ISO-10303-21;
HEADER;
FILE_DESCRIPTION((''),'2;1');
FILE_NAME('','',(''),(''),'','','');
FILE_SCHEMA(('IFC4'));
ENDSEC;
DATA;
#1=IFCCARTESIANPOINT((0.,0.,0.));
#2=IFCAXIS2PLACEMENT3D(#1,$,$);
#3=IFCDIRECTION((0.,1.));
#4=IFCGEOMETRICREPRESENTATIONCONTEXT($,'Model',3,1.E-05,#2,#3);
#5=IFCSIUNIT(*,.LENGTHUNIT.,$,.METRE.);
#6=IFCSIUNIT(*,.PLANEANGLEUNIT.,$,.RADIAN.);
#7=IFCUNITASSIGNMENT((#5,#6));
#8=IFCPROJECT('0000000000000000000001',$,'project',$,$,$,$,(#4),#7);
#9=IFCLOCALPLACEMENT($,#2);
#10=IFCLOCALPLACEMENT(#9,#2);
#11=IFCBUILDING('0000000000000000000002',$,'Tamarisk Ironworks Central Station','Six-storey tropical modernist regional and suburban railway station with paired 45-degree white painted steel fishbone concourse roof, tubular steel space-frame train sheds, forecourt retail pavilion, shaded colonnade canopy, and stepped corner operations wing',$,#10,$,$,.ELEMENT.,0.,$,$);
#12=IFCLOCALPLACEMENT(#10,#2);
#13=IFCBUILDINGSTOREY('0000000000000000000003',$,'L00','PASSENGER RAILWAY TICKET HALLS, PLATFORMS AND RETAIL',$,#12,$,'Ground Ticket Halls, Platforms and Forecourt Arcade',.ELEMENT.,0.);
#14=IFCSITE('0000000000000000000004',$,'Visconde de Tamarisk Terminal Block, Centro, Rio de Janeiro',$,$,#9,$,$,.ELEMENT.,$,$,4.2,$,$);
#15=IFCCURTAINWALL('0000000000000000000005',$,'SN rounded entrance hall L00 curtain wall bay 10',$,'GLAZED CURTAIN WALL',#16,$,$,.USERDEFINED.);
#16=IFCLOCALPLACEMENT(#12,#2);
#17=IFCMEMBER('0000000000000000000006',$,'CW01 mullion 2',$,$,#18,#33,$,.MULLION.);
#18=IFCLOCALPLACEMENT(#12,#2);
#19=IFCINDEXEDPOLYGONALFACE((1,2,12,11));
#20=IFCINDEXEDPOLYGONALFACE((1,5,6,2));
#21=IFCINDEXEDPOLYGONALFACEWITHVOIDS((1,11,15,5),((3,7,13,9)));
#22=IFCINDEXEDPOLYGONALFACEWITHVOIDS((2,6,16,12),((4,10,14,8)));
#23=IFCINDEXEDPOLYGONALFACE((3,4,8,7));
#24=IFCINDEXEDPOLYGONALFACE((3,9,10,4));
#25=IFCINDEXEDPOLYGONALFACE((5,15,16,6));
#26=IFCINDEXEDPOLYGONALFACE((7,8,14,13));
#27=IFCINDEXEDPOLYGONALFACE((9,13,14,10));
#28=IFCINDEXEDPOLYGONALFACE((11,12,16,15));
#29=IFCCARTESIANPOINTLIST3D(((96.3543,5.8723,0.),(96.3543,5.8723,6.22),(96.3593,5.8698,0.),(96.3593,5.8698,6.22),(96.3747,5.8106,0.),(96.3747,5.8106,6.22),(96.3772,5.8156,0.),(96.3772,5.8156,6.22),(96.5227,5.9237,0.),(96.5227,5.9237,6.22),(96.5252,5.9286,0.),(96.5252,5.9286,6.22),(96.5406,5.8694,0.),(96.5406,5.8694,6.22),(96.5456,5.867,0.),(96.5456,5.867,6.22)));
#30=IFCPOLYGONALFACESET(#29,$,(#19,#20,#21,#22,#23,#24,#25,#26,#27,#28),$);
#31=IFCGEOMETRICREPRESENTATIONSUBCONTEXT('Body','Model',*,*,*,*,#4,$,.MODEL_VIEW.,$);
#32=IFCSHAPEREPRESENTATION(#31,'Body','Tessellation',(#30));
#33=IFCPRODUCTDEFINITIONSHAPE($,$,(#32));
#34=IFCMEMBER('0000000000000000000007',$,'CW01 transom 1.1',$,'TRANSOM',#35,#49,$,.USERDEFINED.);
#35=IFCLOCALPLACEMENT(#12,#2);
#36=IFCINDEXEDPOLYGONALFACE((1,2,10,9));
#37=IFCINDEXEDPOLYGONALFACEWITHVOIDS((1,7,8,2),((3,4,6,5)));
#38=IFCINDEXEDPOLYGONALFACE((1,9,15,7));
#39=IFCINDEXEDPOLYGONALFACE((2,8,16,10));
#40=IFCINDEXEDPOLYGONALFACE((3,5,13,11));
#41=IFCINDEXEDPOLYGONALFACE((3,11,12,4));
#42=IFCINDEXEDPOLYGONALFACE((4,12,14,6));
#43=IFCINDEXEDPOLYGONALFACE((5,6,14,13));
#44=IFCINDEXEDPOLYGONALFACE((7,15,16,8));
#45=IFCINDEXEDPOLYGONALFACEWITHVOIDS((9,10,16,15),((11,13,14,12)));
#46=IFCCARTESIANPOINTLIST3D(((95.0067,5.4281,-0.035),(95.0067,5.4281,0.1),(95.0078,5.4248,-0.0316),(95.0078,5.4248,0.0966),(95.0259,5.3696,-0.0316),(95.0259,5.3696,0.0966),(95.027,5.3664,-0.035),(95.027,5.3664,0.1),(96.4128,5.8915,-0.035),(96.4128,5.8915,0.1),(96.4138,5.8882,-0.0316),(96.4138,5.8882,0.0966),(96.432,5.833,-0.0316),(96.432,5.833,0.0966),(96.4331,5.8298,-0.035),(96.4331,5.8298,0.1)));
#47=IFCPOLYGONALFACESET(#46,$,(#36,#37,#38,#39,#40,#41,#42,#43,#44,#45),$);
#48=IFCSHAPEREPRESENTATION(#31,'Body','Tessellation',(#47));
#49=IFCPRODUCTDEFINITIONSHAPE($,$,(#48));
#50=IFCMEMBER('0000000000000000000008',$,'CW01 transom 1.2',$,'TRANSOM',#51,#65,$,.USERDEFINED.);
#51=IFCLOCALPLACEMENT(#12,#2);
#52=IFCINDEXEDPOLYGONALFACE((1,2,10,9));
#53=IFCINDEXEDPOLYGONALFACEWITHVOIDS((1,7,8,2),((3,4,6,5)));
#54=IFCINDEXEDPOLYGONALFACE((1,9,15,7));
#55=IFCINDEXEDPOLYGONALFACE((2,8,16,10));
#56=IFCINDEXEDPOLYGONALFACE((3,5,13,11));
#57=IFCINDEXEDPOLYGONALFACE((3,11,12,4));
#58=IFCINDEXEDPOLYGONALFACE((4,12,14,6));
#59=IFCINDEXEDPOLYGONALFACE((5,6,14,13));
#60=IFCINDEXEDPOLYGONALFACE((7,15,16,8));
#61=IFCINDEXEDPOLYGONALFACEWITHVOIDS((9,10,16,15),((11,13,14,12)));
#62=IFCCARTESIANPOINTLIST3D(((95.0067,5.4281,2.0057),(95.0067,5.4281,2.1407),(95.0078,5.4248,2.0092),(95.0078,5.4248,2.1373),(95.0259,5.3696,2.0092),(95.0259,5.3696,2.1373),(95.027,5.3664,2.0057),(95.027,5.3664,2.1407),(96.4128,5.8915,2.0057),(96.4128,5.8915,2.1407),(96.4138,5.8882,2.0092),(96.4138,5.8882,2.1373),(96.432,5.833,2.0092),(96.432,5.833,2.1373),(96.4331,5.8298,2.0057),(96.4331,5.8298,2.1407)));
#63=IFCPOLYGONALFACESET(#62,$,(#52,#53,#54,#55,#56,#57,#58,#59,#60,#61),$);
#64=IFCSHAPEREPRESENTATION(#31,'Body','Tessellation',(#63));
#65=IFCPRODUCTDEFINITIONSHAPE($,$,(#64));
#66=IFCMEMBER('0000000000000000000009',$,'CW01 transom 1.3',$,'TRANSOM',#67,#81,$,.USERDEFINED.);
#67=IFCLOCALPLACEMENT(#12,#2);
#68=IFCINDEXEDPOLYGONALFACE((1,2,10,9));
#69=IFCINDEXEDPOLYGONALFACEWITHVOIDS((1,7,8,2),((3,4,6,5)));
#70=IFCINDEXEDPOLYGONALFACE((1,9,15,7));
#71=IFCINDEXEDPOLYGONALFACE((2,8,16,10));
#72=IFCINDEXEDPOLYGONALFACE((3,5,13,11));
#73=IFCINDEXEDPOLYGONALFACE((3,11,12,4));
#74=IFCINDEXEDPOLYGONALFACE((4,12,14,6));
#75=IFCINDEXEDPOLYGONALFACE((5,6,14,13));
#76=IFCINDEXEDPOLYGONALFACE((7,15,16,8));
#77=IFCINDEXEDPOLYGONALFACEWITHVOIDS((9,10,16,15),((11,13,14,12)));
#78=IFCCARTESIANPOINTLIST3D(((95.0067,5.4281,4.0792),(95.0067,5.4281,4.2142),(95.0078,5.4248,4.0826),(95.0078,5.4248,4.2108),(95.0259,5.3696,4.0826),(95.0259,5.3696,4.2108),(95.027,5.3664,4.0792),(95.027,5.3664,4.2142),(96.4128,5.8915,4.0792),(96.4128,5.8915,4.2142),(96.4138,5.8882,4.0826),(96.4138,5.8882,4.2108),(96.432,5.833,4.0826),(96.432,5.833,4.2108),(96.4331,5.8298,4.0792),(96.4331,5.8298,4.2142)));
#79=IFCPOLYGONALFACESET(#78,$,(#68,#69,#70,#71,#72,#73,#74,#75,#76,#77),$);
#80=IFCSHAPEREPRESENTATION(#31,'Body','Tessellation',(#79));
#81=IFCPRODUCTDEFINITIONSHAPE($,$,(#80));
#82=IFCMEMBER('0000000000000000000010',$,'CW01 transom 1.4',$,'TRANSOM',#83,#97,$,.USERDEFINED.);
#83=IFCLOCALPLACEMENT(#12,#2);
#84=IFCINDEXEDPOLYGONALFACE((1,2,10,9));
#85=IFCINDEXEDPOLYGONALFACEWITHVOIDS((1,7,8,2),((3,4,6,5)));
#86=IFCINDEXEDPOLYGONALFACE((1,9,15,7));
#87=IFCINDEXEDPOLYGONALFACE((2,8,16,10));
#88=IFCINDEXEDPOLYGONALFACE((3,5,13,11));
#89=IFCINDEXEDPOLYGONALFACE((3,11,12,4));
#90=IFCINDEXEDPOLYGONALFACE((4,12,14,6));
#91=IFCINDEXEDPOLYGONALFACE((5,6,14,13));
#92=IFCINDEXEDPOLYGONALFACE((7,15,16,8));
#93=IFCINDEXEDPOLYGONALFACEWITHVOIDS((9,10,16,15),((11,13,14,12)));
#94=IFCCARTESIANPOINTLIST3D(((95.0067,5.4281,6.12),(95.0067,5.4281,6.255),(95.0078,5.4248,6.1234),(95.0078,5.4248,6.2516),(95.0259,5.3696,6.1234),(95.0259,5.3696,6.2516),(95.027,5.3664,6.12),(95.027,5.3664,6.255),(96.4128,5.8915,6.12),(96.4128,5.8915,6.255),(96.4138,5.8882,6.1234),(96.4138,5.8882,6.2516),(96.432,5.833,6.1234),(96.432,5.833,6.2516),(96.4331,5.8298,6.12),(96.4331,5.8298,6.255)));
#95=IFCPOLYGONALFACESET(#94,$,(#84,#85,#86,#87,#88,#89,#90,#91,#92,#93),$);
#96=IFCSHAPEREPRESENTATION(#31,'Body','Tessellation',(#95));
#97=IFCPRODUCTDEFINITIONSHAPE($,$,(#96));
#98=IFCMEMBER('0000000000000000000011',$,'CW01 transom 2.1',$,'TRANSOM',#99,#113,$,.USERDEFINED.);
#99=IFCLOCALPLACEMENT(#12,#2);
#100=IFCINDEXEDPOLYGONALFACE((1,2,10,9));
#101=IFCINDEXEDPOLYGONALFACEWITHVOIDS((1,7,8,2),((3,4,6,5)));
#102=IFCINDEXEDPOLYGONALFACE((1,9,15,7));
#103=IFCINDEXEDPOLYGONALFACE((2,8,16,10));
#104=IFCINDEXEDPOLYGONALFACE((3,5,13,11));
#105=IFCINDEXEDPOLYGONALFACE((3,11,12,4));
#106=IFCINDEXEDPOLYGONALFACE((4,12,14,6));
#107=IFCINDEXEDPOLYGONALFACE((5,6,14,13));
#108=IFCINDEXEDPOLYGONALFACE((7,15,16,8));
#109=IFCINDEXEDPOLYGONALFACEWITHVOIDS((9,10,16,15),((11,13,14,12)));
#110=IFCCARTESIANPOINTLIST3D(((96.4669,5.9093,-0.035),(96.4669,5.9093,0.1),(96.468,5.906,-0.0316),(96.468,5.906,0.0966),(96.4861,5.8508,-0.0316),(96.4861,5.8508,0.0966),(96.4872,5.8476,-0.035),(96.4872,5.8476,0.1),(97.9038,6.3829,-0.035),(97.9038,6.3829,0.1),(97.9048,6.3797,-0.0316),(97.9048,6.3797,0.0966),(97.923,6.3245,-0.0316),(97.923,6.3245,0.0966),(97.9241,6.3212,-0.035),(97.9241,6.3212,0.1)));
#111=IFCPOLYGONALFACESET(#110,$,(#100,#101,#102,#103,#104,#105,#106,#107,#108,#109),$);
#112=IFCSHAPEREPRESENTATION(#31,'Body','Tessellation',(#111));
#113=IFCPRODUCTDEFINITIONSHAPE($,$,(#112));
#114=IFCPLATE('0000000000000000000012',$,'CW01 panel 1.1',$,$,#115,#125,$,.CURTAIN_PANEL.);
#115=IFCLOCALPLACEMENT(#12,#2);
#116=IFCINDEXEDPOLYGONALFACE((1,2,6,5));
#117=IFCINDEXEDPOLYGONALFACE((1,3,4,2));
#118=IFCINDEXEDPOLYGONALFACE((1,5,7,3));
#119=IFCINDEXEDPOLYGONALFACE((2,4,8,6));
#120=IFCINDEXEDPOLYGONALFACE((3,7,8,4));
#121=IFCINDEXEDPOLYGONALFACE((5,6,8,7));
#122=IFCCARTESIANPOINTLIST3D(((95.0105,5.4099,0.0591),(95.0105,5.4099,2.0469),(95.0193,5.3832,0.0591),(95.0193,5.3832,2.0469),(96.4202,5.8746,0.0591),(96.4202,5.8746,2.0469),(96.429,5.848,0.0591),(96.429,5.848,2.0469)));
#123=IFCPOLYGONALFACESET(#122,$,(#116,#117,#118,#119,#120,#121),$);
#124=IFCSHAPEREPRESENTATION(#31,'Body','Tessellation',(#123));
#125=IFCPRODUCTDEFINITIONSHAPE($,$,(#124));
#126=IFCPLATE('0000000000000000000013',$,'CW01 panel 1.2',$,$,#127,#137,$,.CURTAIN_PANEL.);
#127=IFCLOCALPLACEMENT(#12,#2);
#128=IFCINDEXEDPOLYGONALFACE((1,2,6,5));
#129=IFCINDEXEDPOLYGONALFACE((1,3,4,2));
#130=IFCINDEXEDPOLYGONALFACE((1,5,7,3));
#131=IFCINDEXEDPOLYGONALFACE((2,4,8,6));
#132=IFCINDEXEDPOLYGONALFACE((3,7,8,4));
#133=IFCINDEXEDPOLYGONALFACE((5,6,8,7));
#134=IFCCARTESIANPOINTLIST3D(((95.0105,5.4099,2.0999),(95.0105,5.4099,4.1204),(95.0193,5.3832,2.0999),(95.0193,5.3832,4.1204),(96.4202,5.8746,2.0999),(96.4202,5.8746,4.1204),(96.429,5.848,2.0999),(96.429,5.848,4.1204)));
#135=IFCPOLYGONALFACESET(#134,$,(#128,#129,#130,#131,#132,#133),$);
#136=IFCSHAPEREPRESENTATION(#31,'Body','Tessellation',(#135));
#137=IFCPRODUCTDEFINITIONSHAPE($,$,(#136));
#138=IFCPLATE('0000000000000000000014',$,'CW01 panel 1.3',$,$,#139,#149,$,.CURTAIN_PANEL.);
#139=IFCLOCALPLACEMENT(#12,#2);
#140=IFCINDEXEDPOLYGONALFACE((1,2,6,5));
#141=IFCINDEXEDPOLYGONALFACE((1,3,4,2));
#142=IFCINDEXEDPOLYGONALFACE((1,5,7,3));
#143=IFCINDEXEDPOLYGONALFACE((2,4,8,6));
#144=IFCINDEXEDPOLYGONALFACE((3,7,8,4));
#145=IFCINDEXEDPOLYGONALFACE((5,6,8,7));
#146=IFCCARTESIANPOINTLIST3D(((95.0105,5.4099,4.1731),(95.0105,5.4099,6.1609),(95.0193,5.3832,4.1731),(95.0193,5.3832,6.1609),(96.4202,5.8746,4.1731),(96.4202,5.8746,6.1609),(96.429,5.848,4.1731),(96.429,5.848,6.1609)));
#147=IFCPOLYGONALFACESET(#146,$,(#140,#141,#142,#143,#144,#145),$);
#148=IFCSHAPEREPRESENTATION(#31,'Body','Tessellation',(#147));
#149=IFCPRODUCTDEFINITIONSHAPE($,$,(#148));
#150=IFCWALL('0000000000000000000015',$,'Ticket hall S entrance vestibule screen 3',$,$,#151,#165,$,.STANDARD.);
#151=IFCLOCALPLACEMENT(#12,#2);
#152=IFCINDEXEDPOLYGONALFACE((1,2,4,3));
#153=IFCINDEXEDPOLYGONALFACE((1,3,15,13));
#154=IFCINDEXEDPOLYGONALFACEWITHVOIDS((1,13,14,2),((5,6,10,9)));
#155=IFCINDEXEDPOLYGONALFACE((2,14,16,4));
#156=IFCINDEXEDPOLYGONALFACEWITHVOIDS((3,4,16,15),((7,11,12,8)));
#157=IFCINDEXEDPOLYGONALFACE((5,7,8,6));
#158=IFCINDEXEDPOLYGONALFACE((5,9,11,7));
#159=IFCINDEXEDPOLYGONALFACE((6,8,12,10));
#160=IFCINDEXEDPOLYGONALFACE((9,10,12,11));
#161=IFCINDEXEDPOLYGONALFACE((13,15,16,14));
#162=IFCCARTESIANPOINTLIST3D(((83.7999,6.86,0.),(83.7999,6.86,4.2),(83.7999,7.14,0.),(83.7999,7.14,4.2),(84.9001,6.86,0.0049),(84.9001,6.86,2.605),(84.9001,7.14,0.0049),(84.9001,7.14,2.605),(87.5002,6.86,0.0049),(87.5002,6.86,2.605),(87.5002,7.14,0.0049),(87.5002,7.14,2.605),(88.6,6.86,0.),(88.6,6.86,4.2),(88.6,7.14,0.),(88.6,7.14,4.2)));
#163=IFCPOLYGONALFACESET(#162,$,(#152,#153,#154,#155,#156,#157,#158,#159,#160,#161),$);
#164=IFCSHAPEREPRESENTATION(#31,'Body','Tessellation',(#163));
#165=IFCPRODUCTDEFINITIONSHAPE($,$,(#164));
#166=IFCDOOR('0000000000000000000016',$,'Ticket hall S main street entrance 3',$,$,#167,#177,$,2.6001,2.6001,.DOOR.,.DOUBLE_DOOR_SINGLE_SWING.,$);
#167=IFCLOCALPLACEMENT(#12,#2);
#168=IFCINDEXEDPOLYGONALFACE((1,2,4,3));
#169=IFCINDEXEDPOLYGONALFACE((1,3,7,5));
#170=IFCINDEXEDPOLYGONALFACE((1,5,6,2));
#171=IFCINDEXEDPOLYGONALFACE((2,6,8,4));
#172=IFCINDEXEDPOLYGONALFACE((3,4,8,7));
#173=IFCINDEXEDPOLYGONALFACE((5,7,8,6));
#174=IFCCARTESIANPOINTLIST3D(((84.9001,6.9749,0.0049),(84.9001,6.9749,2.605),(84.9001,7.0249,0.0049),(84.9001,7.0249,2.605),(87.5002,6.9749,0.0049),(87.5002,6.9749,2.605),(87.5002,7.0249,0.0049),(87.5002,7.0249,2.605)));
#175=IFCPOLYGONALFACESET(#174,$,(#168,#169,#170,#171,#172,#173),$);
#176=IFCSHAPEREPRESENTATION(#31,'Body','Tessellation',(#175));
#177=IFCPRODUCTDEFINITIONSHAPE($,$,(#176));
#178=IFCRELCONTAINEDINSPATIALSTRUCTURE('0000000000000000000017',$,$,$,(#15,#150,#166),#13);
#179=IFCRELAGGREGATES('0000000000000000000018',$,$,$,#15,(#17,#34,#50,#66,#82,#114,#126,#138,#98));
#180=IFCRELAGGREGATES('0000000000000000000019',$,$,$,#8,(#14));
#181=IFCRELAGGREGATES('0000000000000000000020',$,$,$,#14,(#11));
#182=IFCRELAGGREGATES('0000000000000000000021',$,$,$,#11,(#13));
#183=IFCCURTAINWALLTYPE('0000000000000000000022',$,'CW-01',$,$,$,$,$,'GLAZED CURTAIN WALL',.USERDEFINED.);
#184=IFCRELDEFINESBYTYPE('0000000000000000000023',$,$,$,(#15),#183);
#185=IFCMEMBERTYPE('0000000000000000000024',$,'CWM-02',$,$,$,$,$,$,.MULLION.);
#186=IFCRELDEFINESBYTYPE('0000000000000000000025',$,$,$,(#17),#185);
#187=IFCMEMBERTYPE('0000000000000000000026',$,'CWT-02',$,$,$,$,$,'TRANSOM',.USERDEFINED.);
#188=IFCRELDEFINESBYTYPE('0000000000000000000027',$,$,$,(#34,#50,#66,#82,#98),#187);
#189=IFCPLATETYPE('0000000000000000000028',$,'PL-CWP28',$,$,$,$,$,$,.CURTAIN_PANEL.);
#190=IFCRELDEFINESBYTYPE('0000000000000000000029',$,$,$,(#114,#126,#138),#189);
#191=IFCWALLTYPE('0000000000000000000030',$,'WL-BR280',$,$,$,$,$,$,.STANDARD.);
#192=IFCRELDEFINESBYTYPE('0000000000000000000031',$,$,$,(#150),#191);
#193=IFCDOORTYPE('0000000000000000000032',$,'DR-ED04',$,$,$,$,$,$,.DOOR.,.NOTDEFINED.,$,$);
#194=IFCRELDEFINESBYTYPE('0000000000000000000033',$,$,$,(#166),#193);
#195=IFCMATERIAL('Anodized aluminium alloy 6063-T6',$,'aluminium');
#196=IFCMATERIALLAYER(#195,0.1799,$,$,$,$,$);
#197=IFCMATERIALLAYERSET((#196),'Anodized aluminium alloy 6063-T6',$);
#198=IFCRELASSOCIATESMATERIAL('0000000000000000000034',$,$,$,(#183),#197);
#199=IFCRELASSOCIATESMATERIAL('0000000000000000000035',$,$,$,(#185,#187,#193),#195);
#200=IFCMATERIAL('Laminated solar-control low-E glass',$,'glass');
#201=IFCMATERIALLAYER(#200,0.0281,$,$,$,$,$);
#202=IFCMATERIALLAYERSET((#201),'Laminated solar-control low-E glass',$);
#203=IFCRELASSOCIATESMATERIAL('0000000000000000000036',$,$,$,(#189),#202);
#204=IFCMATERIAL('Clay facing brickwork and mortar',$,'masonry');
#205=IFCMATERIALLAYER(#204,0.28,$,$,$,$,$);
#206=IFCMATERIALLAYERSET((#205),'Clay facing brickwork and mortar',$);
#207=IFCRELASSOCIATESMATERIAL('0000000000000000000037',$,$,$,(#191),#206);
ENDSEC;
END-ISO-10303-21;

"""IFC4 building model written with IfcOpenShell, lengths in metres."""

from ifc_helpers import new_model, si_unit, direction, frame, frame_2d, origin, origin_2d, place, context, subcontext, project, spatial, rectangle, hollow_rectangle, extrude, material, layer, layer_set, material_profile, profile_set, type_object, element, fill, aggregate, save


model = new_model("IFC4")

# Units and contexts
model_context = context("Model", 3, precision=1e-05, world=origin(), true_north=direction((0.0, 1.0)))
body_context = subcontext(model_context, "Body", "Model", "MODEL_VIEW")
ifc_project = project(units=[si_unit("LENGTHUNIT", "METRE"), si_unit("PLANEANGLEUNIT", "RADIAN")], contexts=[model_context])

# Site, building, storey
site_placement = place(None, origin())
site = spatial("IfcSite", under=ifc_project, at=site_placement, Name="Visconde de Tamarisk Terminal Block, Centro, Rio de Janeiro", CompositionType="ELEMENT", RefElevation=4.2)
building_placement = place(site_placement, origin())
building = spatial("IfcBuilding", under=site, at=building_placement, Name="Tamarisk Ironworks Central Station", Description="Six-storey tropical modernist regional and suburban railway station with paired 45-degree white painted steel fishbone concourse roof, tubular steel space-frame train sheds, forecourt retail pavilion, shaded colonnade canopy, and stepped corner operations wing", CompositionType="ELEMENT", ElevationOfRefHeight=0.0)
storey_placement = place(building_placement, origin())
storey = spatial("IfcBuildingStorey", under=building, at=storey_placement, Name="L00", Description="PASSENGER RAILWAY TICKET HALLS, PLATFORMS AND RETAIL", LongName="Ground Ticket Halls, Platforms and Forecourt Arcade", CompositionType="ELEMENT", Elevation=0.0)

# Curtain wall, members, plates
ifc_material_1 = material(Name="Anodized aluminium alloy 6063-T6", Category="aluminium")
ifc_layer_1 = layer(ifc_material_1, 0.1799)
ifc_layer_set_1 = layer_set([ifc_layer_1], Name="Anodized aluminium alloy 6063-T6")
curtain_wall_type = type_object("IfcCurtainWallType", Name="CW-01", ElementType="GLAZED CURTAIN WALL", PredefinedType="USERDEFINED", material=ifc_layer_set_1)
curtain_wall_placement = place(storey_placement, origin())
curtain_wall = element("IfcCurtainWall", 1, at=curtain_wall_placement, inside=storey, type_object=curtain_wall_type, Name="SN rounded entrance hall L00 curtain wall bay 10", ObjectType="GLAZED CURTAIN WALL", PredefinedType="USERDEFINED")
ifc_material_profile_1 = material_profile(ifc_material_1, hollow_rectangle(XDim=0.0649, YDim=0.1799, WallThickness=0.0039, at=origin_2d()), Name="ALUM 180x65")
ifc_profile_set_1 = profile_set([ifc_material_profile_1], Name="Anodized aluminium alloy 6063-T6")
member_type_1 = type_object("IfcMemberType", Name="CWM-02", PredefinedType="MULLION", material=ifc_profile_set_1)
member_1_placement = place(storey_placement, frame((96.45, 5.8696, 0.0), z_axis=(0.0, 0.0, 1.0), x_axis=(-0.313098, 0.949721, 0.0)))
member_1 = element("IfcMember", 2, at=member_1_placement, type_object=member_type_1, Name="CW01 mullion 2", PredefinedType="MULLION", context=body_context, shape_type="SweptSolid", body=[
    extrude(hollow_rectangle(XDim=0.0649, YDim=0.1799, WallThickness=0.0039, at=origin_2d()), origin(), (0.0, 0.0, 1.0), 6.22),
])
ifc_material_profile_2 = material_profile(ifc_material_1, hollow_rectangle(XDim=0.0649, YDim=0.135, WallThickness=0.0034, at=origin_2d()), Name="ALUM 135x65")
ifc_profile_set_2 = profile_set([ifc_material_profile_2], Name="Anodized aluminium alloy 6063-T6")
member_type_2 = type_object("IfcMemberType", Name="CWT-02", ElementType="TRANSOM", PredefinedType="USERDEFINED", material=ifc_profile_set_2)
member_2_placement = place(storey_placement, frame((95.0168, 5.3972, 0.0325), z_axis=(0.94975, 0.31301, 0.0), x_axis=(-0.31301, 0.94975, 0.0)))
member_2 = element("IfcMember", 3, at=member_2_placement, type_object=member_type_2, Name="CW01 transom 1.1", ObjectType="TRANSOM", PredefinedType="USERDEFINED", context=body_context, shape_type="SweptSolid", body=[
    extrude(hollow_rectangle(XDim=0.0649, YDim=0.135, WallThickness=0.0034, at=origin_2d()), origin(), (0.0, 0.0, 1.0), 1.4805),
])
member_3_placement = place(storey_placement, frame((95.0168, 5.3972, 2.0732), z_axis=(0.94975, 0.31301, 0.0), x_axis=(-0.31301, 0.94975, 0.0)))
member_3 = element("IfcMember", 4, at=member_3_placement, type_object=member_type_2, Name="CW01 transom 1.2", ObjectType="TRANSOM", PredefinedType="USERDEFINED", context=body_context, shape_type="SweptSolid", body=[
    extrude(hollow_rectangle(XDim=0.0649, YDim=0.135, WallThickness=0.0034, at=origin_2d()), origin(), (0.0, 0.0, 1.0), 1.4805),
])
member_4_placement = place(storey_placement, frame((95.0168, 5.3972, 4.1467), z_axis=(0.94975, 0.31301, 0.0), x_axis=(-0.31301, 0.94975, 0.0)))
member_4 = element("IfcMember", 5, at=member_4_placement, type_object=member_type_2, Name="CW01 transom 1.3", ObjectType="TRANSOM", PredefinedType="USERDEFINED", context=body_context, shape_type="SweptSolid", body=[
    extrude(hollow_rectangle(XDim=0.0649, YDim=0.135, WallThickness=0.0034, at=origin_2d()), origin(), (0.0, 0.0, 1.0), 1.4805),
])
member_5_placement = place(storey_placement, frame((95.0168, 5.3972, 6.1875), z_axis=(0.94975, 0.31301, 0.0), x_axis=(-0.31301, 0.94975, 0.0)))
member_5 = element("IfcMember", 6, at=member_5_placement, type_object=member_type_2, Name="CW01 transom 1.4", ObjectType="TRANSOM", PredefinedType="USERDEFINED", context=body_context, shape_type="SweptSolid", body=[
    extrude(hollow_rectangle(XDim=0.0649, YDim=0.135, WallThickness=0.0034, at=origin_2d()), origin(), (0.0, 0.0, 1.0), 1.4805),
])
member_6_placement = place(storey_placement, frame((96.4771, 5.8784, 0.0325), z_axis=(0.949727, 0.313079, 0.0), x_axis=(-0.313079, 0.949727, 0.0)))
member_6 = element("IfcMember", 7, at=member_6_placement, type_object=member_type_2, Name="CW01 transom 2.1", ObjectType="TRANSOM", PredefinedType="USERDEFINED", context=body_context, shape_type="SweptSolid", body=[
    extrude(hollow_rectangle(XDim=0.0649, YDim=0.135, WallThickness=0.0034, at=origin_2d()), origin(), (0.0, 0.0, 1.0), 1.5129),
])
ifc_material_2 = material(Name="Laminated solar-control low-E glass", Category="glass")
ifc_layer_2 = layer(ifc_material_2, 0.0281)
ifc_layer_set_2 = layer_set([ifc_layer_2], Name="Laminated solar-control low-E glass")
plate_type = type_object("IfcPlateType", Name="PL-CWP28", PredefinedType="CURTAIN_PANEL", material=ifc_layer_set_2)
plate_1_placement = place(storey_placement, frame((95.7197, 5.6289, 0.0591), z_axis=(0.0, 0.0, 1.0), x_axis=(0.949721, 0.313098, 0.0)))
plate_1 = element("IfcPlate", 8, at=plate_1_placement, type_object=plate_type, Name="CW01 panel 1.1", PredefinedType="CURTAIN_PANEL", context=body_context, shape_type="SweptSolid", body=[
    extrude(rectangle(XDim=1.4844, YDim=0.0281, at=origin_2d()), origin(), (0.0, 0.0, 1.0), 1.9878),
])
plate_2_placement = place(storey_placement, frame((95.7197, 5.6289, 2.0999), z_axis=(0.0, 0.0, 1.0), x_axis=(0.949721, 0.313098, 0.0)))
plate_2 = element("IfcPlate", 9, at=plate_2_placement, type_object=plate_type, Name="CW01 panel 1.2", PredefinedType="CURTAIN_PANEL", context=body_context, shape_type="SweptSolid", body=[
    extrude(rectangle(XDim=1.4844, YDim=0.0281, at=origin_2d()), origin(), (0.0, 0.0, 1.0), 2.0205),
])
plate_3_placement = place(storey_placement, frame((95.7197, 5.6289, 4.1731), z_axis=(0.0, 0.0, 1.0), x_axis=(0.949721, 0.313098, 0.0)))
plate_3 = element("IfcPlate", 10, at=plate_3_placement, type_object=plate_type, Name="CW01 panel 1.3", PredefinedType="CURTAIN_PANEL", context=body_context, shape_type="SweptSolid", body=[
    extrude(rectangle(XDim=1.4844, YDim=0.0281, at=origin_2d()), origin(), (0.0, 0.0, 1.0), 1.9878),
])
aggregate(curtain_wall, [member_1, member_2, member_3, member_4, member_5, plate_1, plate_2, plate_3, member_6])

# Wall, opening, door
ifc_material_3 = material(Name="Clay facing brickwork and mortar", Category="masonry")
ifc_layer_3 = layer(ifc_material_3, 0.28)
ifc_layer_set_3 = layer_set([ifc_layer_3], Name="Clay facing brickwork and mortar")
wall_type_1 = type_object("IfcWallType", Name="WL-BR280", PredefinedType="STANDARD", material=ifc_layer_set_3)
wall_1_placement = place(storey_placement, frame((83.8, 7.0, 0.0), z_axis=(0.0, 0.0, 1.0), x_axis=(1.0, 0.0, 0.0)))
wall_1 = element("IfcWall", 11, at=wall_1_placement, inside=storey, type_object=wall_type_1, Name="Ticket hall S entrance vestibule screen 3", PredefinedType="STANDARD", context=body_context, shape_type="SweptSolid", body=[
    extrude(rectangle(XDim=4.8, YDim=0.28, at=frame_2d((2.3999, 0.0))), origin(), (0.0, 0.0, 1.0), 4.2),
])
opening_placement = place(wall_1_placement, frame((1.1001, 0.0, 0.0049)))
opening = element("IfcOpeningElement", 12, at=opening_placement, cuts=wall_1, PredefinedType="OPENING", context=body_context, shape_type="SweptSolid", body=[
    extrude(rectangle(XDim=2.6001, YDim=2.6001, at=frame_2d((1.3, 1.3))), frame((0.0, 0.1519, 0.0), z_axis=(0.0, -1.0, 0.0), x_axis=(1.0, 0.0, 0.0)), (0.0, 0.0, 1.0), 0.304),
])
door_type = type_object("IfcDoorType", Name="DR-ED04", OperationType="NOTDEFINED", PredefinedType="DOOR", material=ifc_material_1)
door_placement = place(opening_placement, origin())
door = element("IfcDoor", 13, at=door_placement, inside=storey, type_object=door_type, Name="Ticket hall S main street entrance 3", OperationType="DOUBLE_DOOR_SINGLE_SWING", OverallHeight=2.6001, OverallWidth=2.6001, PredefinedType="DOOR", context=body_context, shape_type="SweptSolid", body=[
    extrude(rectangle(XDim=2.6001, YDim=2.6001, at=frame_2d((1.3, 1.3))), frame((0.0, 0.0249, 0.0), z_axis=(0.0, -1.0, 0.0), x_axis=(1.0, 0.0, 0.0)), (0.0, 0.0, 1.0), 0.05),
])
fill(opening, door)

save(model, "model.ifc")
